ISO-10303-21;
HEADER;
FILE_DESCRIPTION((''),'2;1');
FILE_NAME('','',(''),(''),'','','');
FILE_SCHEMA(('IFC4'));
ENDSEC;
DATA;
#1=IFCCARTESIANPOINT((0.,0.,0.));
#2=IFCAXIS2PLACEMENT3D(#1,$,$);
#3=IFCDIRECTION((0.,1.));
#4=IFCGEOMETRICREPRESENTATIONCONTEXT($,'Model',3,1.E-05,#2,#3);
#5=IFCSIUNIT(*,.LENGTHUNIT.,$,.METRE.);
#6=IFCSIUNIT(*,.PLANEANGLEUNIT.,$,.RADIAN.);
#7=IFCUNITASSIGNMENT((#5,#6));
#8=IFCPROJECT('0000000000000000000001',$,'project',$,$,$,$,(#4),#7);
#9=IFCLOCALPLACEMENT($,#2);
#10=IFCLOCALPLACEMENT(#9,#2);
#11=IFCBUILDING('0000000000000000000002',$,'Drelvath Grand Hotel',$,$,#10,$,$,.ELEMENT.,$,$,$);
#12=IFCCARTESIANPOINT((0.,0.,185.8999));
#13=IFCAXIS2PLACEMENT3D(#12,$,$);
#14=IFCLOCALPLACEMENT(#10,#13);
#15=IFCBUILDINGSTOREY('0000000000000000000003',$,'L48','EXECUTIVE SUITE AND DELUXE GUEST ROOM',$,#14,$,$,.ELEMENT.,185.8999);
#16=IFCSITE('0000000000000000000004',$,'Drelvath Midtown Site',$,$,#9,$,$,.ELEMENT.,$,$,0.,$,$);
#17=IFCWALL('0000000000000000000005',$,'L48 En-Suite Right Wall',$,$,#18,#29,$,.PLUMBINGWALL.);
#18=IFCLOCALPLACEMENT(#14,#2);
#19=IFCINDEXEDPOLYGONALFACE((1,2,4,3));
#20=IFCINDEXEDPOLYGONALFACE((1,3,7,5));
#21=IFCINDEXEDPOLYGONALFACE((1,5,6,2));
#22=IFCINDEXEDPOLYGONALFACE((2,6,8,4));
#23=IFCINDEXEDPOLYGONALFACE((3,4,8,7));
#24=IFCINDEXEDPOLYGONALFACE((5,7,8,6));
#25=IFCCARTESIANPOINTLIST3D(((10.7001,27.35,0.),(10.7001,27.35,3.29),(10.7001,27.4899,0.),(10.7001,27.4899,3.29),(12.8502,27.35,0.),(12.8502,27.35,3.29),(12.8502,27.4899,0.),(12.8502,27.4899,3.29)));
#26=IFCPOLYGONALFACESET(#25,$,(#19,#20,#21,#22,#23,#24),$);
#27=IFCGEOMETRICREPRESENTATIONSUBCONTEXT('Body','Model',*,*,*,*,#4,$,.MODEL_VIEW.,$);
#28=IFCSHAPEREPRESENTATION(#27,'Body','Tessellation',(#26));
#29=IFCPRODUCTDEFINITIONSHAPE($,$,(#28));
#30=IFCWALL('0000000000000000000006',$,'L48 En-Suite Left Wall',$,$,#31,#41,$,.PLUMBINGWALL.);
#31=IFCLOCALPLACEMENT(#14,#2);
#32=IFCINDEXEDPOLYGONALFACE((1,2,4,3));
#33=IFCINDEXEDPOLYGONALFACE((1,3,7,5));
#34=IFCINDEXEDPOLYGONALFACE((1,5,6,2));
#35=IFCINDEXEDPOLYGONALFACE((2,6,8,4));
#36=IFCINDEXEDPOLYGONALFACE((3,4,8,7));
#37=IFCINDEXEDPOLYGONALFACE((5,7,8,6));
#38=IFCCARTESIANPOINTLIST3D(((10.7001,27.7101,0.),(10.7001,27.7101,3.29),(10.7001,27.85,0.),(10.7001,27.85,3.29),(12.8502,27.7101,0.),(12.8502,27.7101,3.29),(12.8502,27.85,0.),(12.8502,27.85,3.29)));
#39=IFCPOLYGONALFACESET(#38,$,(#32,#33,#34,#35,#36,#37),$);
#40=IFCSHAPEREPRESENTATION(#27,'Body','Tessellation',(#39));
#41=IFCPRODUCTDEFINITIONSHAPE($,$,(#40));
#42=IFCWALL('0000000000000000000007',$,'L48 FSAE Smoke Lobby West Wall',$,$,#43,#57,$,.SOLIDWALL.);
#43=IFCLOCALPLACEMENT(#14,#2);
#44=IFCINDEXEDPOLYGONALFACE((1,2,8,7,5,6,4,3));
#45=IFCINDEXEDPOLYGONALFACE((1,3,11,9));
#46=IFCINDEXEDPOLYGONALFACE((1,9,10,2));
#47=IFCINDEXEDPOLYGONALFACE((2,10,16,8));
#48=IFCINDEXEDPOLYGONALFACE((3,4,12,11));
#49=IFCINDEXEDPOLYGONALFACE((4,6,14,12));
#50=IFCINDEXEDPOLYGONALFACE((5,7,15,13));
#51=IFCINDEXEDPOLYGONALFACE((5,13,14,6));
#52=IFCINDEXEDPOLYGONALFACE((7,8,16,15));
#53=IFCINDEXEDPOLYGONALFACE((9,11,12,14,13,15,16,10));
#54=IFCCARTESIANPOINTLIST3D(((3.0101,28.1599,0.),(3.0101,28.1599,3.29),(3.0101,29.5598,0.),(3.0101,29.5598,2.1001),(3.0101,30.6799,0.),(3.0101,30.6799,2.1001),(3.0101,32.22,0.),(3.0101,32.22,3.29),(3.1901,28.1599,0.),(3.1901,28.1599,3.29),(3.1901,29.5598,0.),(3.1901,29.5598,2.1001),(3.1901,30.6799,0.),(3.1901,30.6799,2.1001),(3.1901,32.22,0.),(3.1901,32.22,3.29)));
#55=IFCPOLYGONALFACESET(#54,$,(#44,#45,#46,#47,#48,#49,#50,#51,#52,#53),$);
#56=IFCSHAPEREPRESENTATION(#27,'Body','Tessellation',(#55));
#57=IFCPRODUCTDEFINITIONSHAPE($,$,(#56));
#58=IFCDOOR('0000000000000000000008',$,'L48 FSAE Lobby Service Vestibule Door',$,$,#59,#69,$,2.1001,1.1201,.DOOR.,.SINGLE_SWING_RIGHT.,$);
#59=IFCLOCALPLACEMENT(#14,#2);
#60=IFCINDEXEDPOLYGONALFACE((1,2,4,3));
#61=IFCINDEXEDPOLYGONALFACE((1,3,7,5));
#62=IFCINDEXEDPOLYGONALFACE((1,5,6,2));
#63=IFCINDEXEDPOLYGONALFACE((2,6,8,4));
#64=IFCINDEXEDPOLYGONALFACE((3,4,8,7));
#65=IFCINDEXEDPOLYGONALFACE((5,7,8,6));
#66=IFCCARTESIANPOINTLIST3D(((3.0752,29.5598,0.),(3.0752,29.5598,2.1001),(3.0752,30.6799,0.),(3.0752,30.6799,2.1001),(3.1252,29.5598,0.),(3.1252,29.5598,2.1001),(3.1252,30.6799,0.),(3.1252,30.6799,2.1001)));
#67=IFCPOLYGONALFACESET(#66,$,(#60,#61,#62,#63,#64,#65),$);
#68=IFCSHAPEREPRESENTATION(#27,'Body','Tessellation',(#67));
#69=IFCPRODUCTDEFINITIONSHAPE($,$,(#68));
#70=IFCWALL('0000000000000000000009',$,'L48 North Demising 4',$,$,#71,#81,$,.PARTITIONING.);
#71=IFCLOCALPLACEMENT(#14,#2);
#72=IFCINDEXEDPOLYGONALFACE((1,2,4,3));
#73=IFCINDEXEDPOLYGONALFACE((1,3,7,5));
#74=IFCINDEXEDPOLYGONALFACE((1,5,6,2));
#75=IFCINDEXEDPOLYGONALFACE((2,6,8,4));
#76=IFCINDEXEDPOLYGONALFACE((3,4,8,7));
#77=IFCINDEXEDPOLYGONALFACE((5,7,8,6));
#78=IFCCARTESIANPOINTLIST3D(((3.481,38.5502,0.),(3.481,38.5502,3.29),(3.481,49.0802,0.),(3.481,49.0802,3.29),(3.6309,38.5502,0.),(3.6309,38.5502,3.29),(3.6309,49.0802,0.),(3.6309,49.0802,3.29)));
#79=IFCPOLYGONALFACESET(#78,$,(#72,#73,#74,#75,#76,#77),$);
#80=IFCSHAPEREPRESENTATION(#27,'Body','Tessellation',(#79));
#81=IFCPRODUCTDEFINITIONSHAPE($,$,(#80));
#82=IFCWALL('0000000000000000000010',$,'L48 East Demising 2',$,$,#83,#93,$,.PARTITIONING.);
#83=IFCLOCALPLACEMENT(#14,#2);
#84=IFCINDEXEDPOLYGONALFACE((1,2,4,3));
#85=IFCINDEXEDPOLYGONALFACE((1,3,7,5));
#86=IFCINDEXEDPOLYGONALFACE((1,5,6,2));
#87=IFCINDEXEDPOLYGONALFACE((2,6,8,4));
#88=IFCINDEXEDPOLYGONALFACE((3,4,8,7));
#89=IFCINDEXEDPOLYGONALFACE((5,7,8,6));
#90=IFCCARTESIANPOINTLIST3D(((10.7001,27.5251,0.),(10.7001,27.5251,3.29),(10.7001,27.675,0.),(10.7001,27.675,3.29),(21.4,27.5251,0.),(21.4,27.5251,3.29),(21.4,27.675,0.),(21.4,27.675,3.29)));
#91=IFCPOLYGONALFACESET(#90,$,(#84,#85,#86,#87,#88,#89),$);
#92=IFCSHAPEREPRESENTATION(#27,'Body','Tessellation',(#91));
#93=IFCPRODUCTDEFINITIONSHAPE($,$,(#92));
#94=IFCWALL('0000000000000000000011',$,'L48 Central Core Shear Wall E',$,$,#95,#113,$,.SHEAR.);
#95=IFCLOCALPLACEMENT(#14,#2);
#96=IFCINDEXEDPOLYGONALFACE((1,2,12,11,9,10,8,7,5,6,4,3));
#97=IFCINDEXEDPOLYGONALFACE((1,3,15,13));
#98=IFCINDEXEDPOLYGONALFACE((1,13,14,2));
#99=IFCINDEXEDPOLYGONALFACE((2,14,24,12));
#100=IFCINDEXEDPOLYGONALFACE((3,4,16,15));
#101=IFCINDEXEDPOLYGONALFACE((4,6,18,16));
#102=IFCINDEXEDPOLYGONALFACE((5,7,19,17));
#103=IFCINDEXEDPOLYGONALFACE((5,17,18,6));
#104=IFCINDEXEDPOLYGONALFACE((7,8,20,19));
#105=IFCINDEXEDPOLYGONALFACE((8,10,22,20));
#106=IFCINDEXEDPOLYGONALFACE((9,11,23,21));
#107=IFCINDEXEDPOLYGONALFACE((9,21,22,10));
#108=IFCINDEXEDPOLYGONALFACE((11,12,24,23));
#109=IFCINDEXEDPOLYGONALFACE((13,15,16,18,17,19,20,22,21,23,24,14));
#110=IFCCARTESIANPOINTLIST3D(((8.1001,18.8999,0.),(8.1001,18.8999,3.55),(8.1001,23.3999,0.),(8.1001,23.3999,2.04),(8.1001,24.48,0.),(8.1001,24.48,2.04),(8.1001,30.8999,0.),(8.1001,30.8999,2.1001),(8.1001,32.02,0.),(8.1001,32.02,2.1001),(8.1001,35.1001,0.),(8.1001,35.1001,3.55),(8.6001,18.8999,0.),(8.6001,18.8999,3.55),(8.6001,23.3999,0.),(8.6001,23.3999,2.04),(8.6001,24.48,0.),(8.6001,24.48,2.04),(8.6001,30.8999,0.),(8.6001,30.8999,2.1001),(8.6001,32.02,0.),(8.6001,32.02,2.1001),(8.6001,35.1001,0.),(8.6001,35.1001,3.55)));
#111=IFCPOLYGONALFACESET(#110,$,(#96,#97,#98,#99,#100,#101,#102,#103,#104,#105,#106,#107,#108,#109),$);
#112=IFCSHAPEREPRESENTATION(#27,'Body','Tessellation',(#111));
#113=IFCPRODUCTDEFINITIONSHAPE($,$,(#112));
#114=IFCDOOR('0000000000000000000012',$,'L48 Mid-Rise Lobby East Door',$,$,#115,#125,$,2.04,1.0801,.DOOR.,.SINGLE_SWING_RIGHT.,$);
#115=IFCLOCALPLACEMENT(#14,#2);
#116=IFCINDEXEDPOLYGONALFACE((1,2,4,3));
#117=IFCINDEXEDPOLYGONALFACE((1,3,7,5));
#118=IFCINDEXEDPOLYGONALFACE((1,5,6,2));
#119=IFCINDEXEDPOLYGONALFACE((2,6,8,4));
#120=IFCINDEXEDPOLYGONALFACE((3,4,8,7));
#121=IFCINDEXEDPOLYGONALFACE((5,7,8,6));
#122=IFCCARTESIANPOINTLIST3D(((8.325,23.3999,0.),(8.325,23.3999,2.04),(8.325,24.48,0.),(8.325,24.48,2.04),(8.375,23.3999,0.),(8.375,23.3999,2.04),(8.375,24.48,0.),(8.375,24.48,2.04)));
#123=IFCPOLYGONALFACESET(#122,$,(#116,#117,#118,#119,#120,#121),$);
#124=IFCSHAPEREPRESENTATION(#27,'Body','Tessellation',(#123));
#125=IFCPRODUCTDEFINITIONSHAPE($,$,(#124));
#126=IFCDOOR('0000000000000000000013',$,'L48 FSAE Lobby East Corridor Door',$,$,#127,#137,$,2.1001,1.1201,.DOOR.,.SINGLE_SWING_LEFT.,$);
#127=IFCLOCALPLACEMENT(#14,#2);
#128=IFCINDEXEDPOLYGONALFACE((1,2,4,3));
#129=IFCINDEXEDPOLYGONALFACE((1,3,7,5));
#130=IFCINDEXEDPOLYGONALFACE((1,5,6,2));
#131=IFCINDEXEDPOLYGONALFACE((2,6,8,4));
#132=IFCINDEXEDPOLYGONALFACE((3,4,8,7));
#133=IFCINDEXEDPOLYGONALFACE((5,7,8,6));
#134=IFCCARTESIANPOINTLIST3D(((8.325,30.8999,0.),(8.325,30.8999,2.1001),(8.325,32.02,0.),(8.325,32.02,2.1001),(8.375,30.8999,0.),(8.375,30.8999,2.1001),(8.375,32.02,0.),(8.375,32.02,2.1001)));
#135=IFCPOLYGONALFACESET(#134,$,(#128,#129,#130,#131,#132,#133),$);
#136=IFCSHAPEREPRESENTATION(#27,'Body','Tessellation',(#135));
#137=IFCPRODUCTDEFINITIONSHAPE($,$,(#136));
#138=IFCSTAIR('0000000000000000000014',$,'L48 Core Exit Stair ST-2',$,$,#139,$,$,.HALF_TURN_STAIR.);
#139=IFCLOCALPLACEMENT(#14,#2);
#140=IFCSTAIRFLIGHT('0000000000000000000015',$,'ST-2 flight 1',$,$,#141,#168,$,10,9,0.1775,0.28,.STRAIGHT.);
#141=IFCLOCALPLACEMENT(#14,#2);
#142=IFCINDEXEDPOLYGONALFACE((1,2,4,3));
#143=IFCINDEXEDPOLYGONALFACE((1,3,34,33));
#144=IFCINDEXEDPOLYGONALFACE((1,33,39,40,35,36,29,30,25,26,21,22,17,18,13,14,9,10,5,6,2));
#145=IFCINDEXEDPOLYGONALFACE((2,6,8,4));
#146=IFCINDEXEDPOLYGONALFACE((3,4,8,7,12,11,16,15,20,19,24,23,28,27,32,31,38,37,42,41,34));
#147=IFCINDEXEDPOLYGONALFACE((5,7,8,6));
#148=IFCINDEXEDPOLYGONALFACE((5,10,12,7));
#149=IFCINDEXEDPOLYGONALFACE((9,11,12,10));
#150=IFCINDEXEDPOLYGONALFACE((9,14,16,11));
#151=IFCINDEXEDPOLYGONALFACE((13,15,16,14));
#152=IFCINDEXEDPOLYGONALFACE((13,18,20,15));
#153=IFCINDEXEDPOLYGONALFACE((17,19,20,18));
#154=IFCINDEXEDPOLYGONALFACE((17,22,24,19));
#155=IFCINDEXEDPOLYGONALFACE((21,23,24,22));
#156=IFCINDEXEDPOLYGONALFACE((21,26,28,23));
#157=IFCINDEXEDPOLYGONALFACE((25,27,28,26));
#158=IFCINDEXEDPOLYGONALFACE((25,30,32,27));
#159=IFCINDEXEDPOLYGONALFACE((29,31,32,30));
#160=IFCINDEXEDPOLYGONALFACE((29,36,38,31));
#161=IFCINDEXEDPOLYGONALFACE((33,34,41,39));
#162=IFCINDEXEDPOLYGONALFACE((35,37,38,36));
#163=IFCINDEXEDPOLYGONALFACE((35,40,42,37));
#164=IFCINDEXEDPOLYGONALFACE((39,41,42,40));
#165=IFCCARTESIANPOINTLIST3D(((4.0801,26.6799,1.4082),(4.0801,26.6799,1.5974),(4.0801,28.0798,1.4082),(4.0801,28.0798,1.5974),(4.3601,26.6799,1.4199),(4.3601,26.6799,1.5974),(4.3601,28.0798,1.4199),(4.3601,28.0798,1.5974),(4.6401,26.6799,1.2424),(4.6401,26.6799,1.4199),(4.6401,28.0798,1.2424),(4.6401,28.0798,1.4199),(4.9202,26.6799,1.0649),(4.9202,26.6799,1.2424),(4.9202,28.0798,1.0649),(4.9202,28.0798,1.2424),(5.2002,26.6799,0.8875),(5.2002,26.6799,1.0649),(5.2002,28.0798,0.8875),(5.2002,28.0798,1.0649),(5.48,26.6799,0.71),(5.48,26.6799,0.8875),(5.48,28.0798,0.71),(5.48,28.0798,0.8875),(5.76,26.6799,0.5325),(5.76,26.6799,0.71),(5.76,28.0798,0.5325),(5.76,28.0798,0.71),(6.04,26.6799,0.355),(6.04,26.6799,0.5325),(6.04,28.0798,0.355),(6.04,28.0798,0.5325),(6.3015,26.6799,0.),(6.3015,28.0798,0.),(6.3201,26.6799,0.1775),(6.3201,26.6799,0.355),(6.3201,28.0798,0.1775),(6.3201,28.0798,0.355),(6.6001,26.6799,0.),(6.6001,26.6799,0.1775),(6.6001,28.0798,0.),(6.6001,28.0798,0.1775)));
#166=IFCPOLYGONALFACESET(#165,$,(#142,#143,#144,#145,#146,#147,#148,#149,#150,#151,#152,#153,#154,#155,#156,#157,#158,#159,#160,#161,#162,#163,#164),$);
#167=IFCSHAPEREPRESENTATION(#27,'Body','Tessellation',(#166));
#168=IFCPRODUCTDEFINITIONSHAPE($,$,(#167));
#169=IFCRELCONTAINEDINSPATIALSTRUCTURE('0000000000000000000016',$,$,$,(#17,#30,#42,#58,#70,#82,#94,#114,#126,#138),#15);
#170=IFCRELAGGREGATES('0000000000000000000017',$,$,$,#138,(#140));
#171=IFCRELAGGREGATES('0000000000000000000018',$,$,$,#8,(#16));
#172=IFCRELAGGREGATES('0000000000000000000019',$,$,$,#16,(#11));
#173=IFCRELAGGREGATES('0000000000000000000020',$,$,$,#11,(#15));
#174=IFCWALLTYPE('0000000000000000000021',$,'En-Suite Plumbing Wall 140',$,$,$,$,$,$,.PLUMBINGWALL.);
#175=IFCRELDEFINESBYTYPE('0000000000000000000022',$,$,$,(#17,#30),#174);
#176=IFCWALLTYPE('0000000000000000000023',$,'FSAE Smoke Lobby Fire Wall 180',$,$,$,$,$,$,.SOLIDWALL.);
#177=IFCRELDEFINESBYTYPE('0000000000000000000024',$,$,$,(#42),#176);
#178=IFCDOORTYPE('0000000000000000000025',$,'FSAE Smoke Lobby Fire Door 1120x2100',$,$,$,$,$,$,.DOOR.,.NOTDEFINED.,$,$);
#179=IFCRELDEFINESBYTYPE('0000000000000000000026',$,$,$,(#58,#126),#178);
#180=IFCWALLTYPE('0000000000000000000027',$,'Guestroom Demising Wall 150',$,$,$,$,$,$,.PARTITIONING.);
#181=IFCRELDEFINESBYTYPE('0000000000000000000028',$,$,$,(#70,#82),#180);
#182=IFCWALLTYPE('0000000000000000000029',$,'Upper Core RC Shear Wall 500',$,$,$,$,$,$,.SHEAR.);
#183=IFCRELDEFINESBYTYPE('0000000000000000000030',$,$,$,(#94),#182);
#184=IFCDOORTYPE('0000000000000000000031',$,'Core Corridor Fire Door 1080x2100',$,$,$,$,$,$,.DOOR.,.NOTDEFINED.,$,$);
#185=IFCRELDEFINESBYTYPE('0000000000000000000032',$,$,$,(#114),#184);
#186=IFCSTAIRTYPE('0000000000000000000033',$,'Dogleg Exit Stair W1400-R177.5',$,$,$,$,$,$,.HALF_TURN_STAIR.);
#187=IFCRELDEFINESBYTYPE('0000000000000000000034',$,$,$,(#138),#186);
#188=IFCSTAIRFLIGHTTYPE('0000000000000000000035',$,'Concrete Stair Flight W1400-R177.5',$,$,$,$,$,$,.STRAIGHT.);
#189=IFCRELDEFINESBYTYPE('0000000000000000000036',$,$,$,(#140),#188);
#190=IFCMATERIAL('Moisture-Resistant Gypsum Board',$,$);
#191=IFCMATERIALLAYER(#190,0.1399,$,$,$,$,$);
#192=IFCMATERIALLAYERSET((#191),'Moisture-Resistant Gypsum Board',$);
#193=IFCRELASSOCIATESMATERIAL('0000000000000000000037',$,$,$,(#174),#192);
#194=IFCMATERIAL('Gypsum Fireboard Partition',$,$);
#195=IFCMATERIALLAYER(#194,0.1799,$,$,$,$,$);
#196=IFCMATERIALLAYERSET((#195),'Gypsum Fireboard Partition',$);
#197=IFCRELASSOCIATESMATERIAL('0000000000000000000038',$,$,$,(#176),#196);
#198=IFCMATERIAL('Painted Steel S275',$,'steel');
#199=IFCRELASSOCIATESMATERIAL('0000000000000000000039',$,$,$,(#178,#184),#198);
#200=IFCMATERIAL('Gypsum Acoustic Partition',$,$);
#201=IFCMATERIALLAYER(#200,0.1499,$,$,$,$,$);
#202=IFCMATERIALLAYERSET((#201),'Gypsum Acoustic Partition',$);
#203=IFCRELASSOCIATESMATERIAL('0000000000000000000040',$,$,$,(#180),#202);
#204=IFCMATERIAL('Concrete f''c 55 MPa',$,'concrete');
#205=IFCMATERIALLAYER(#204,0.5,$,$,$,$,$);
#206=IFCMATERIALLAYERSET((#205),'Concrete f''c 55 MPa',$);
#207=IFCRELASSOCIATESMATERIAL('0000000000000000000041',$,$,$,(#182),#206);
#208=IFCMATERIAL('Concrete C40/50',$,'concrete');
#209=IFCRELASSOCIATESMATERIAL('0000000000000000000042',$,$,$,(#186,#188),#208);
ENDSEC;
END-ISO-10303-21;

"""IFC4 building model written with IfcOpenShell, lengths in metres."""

from ifc_helpers import new_model, si_unit, direction, frame, frame_2d, origin, place, context, subcontext, project, spatial, polyline, rectangle, outline, extrude, material, layer, layer_set, type_object, element, fill, aggregate, save


model = new_model("IFC4")

# Units and contexts
model_context = context("Model", 3, precision=1e-05, world=origin(), true_north=direction((0.0, 1.0)))
body_context = subcontext(model_context, "Body", "Model", "MODEL_VIEW")
ifc_project = project(units=[si_unit("LENGTHUNIT", "METRE"), si_unit("PLANEANGLEUNIT", "RADIAN")], contexts=[model_context])

# Site, building, storey
site_placement = place(None, origin())
site = spatial("IfcSite", under=ifc_project, at=site_placement, Name="Drelvath Midtown Site", CompositionType="ELEMENT", RefElevation=0.0)
building_placement = place(site_placement, origin())
building = spatial("IfcBuilding", under=site, at=building_placement, Name="Drelvath Grand Hotel", CompositionType="ELEMENT")
storey_placement = place(building_placement, frame((0.0, 0.0, 185.8999)))
storey = spatial("IfcBuildingStorey", under=building, at=storey_placement, Name="L48", Description="EXECUTIVE SUITE AND DELUXE GUEST ROOM", CompositionType="ELEMENT", Elevation=185.8999)

# Shared definitions
ifc_material_1 = material(Name="Concrete f'c 55 MPa", Category="concrete")

# Shared definitions
ifc_material_2 = material(Name="Concrete C40/50", Category="concrete")

# Shared definitions
ifc_material_3 = material(Name="Painted Steel S275", Category="steel")

# Walls
ifc_material_4 = material(Name="Gypsum Fireboard Partition")
ifc_material_5 = material(Name="Moisture-Resistant Gypsum Board")
ifc_layer_1 = layer(ifc_material_5, 0.1399)
ifc_layer_set_1 = layer_set([ifc_layer_1], Name="Moisture-Resistant Gypsum Board")
wall_type_1 = type_object("IfcWallType", Name="En-Suite Plumbing Wall 140", PredefinedType="PLUMBINGWALL", material=ifc_layer_set_1)
for number, where, z_axis, x_axis, name in (
    (1, (10.7, 27.4199, 0.0), (0.0, 0.0, 1.0), (1.0, 0.0, 0.0), "L48 En-Suite Right Wall"),
    (2, (10.7, 27.78, 0.0), (0.0, 0.0, 1.0), (1.0, 0.0, 0.0), "L48 En-Suite Left Wall"),
):
    element("IfcWall", number, at=place(storey_placement, frame(where, z_axis=z_axis, x_axis=x_axis)), inside=storey, type_object=wall_type_1, Name=name, PredefinedType="PLUMBINGWALL", context=body_context, shape_type="SweptSolid", body=[
        extrude(rectangle(XDim=2.1501, YDim=0.1399, at=frame_2d((1.0752, 0.0))), origin(), (0.0, 0.0, 1.0), 3.29),
    ])

# Wall, opening, door
ifc_layer_2 = layer(ifc_material_4, 0.1799)
ifc_layer_set_2 = layer_set([ifc_layer_2], Name="Gypsum Fireboard Partition")
wall_type_2 = type_object("IfcWallType", Name="FSAE Smoke Lobby Fire Wall 180", PredefinedType="SOLIDWALL", material=ifc_layer_set_2)
wall_1_placement = place(storey_placement, frame((3.1001, 28.1599, 0.0), z_axis=(0.0, 0.0, 1.0), x_axis=(0.0, 1.0, 0.0)))
wall_1 = element("IfcWall", 3, at=wall_1_placement, inside=storey, type_object=wall_type_2, Name="L48 FSAE Smoke Lobby West Wall", PredefinedType="SOLIDWALL", context=body_context, shape_type="SweptSolid", body=[
    extrude(rectangle(XDim=4.0601, YDim=0.1799, at=frame_2d((2.03, 0.0))), origin(), (0.0, 0.0, 1.0), 3.29),
])
opening_1_placement = place(wall_1_placement, frame((1.3999, 0.0, 0.0)))
opening_1 = element("IfcOpeningElement", 4, at=opening_1_placement, cuts=wall_1, PredefinedType="OPENING", context=body_context, shape_type="SweptSolid", body=[
    extrude(rectangle(XDim=1.1201, YDim=2.1001, at=frame_2d((0.5601, 1.05))), frame((0.0, 0.0999, 0.0), z_axis=(0.0, -1.0, 0.0), x_axis=(1.0, 0.0, 0.0)), (0.0, 0.0, 1.0), 0.2),
])
door_type_1 = type_object("IfcDoorType", Name="FSAE Smoke Lobby Fire Door 1120x2100", OperationType="NOTDEFINED", PredefinedType="DOOR", material=ifc_material_3)
door_1_placement = place(opening_1_placement, origin())
door_1 = element("IfcDoor", 5, at=door_1_placement, inside=storey, type_object=door_type_1, Name="L48 FSAE Lobby Service Vestibule Door", OperationType="SINGLE_SWING_RIGHT", OverallHeight=2.1001, OverallWidth=1.1201, PredefinedType="DOOR", context=body_context, shape_type="SweptSolid", body=[
    extrude(rectangle(XDim=1.1201, YDim=2.1001, at=frame_2d((0.5601, 1.05))), frame((0.0, 0.0249, 0.0), z_axis=(0.0, -1.0, 0.0), x_axis=(1.0, 0.0, 0.0)), (0.0, 0.0, 1.0), 0.05),
])
fill(opening_1, door_1)

# Walls
ifc_material_6 = material(Name="Gypsum Acoustic Partition")
ifc_layer_3 = layer(ifc_material_6, 0.1499)
ifc_layer_set_3 = layer_set([ifc_layer_3], Name="Gypsum Acoustic Partition")
wall_type_3 = type_object("IfcWallType", Name="Guestroom Demising Wall 150", PredefinedType="PARTITIONING", material=ifc_layer_set_3)
wall_2_placement = place(storey_placement, frame((3.5559, 38.55, 0.0), z_axis=(0.0, 0.0, 1.0), x_axis=(0.0, 1.0, 0.0)))
element("IfcWall", 6, at=wall_2_placement, inside=storey, type_object=wall_type_3, Name="L48 North Demising 4", PredefinedType="PARTITIONING", context=body_context, shape_type="SweptSolid", body=[
    extrude(rectangle(XDim=10.53, YDim=0.1499, at=frame_2d((5.2651, 0.0))), origin(), (0.0, 0.0, 1.0), 3.29),
])
wall_3_placement = place(storey_placement, frame((10.7, 27.6001, 0.0), z_axis=(0.0, 0.0, 1.0), x_axis=(1.0, 0.0, 0.0)))
element("IfcWall", 7, at=wall_3_placement, inside=storey, type_object=wall_type_3, Name="L48 East Demising 2", PredefinedType="PARTITIONING", context=body_context, shape_type="SweptSolid", body=[
    extrude(rectangle(XDim=10.7, YDim=0.1499, at=frame_2d((5.3501, 0.0))), origin(), (0.0, 0.0, 1.0), 3.29),
])

# Wall, openings, doors
ifc_layer_4 = layer(ifc_material_1, 0.5)
ifc_layer_set_4 = layer_set([ifc_layer_4], Name="Concrete f'c 55 MPa")
wall_type_4 = type_object("IfcWallType", Name="Upper Core RC Shear Wall 500", PredefinedType="SHEAR", material=ifc_layer_set_4)
wall_4_placement = place(storey_placement, frame((8.3501, 35.1001, 0.0), z_axis=(0.0, 0.0, 1.0), x_axis=(0.0, -1.0, 0.0)))
wall_4 = element("IfcWall", 8, at=wall_4_placement, inside=storey, type_object=wall_type_4, Name="L48 Central Core Shear Wall E", PredefinedType="SHEAR", context=body_context, shape_type="SweptSolid", body=[
    extrude(rectangle(XDim=16.2002, YDim=0.5, at=frame_2d((8.1001, 0.0))), origin(), (0.0, 0.0, 1.0), 3.55),
])
opening_2_placement = place(wall_4_placement, frame((3.0801, 0.0, 0.0)))
opening_2 = element("IfcOpeningElement", 9, at=opening_2_placement, cuts=wall_4, PredefinedType="OPENING", context=body_context, shape_type="SweptSolid", body=[
    extrude(rectangle(XDim=1.1201, YDim=2.1001, at=frame_2d((0.5601, 1.05))), frame((0.0, 0.26, 0.0), z_axis=(0.0, -1.0, 0.0), x_axis=(1.0, 0.0, 0.0)), (0.0, 0.0, 1.0), 0.52),
])
opening_3_placement = place(wall_4_placement, frame((10.6201, 0.0, 0.0)))
opening_3 = element("IfcOpeningElement", 10, at=opening_3_placement, cuts=wall_4, PredefinedType="OPENING", context=body_context, shape_type="SweptSolid", body=[
    extrude(rectangle(XDim=1.0801, YDim=2.04, at=frame_2d((0.54, 1.02))), frame((0.0, 0.26, 0.0), z_axis=(0.0, -1.0, 0.0), x_axis=(1.0, 0.0, 0.0)), (0.0, 0.0, 1.0), 0.52),
])
door_type_2 = type_object("IfcDoorType", Name="Core Corridor Fire Door 1080x2100", OperationType="NOTDEFINED", PredefinedType="DOOR", material=ifc_material_3)
door_2_placement = place(opening_3_placement, origin())
door_2 = element("IfcDoor", 11, at=door_2_placement, inside=storey, type_object=door_type_2, Name="L48 Mid-Rise Lobby East Door", OperationType="SINGLE_SWING_RIGHT", OverallHeight=2.04, OverallWidth=1.0801, PredefinedType="DOOR", context=body_context, shape_type="SweptSolid", body=[
    extrude(rectangle(XDim=1.0801, YDim=2.04, at=frame_2d((0.54, 1.02))), frame((0.0, 0.0249, 0.0), z_axis=(0.0, -1.0, 0.0), x_axis=(1.0, 0.0, 0.0)), (0.0, 0.0, 1.0), 0.05),
])
fill(opening_3, door_2)
door_3_placement = place(opening_2_placement, origin())
door_3 = element("IfcDoor", 12, at=door_3_placement, inside=storey, type_object=door_type_1, Name="L48 FSAE Lobby East Corridor Door", OperationType="SINGLE_SWING_LEFT", OverallHeight=2.1001, OverallWidth=1.1201, PredefinedType="DOOR", context=body_context, shape_type="SweptSolid", body=[
    extrude(rectangle(XDim=1.1201, YDim=2.1001, at=frame_2d((0.5601, 1.05))), frame((0.0, 0.0249, 0.0), z_axis=(0.0, -1.0, 0.0), x_axis=(1.0, 0.0, 0.0)), (0.0, 0.0, 1.0), 0.05),
])
fill(opening_2, door_3)

# Stair, stair flight
stair_type = type_object("IfcStairType", Name="Dogleg Exit Stair W1400-R177.5", PredefinedType="HALF_TURN_STAIR", material=ifc_material_2)
stair_placement = place(storey_placement, origin())
stair = element("IfcStair", 13, at=stair_placement, inside=storey, type_object=stair_type, Name="L48 Core Exit Stair ST-2", PredefinedType="HALF_TURN_STAIR")
stair_flight_type = type_object("IfcStairFlightType", Name="Concrete Stair Flight W1400-R177.5", PredefinedType="STRAIGHT", material=ifc_material_2)
stair_flight_placement = place(storey_placement, frame((6.6001, 27.3799, 0.0), z_axis=(0.0, 0.0, 1.0), x_axis=(-1.0, 0.0, 0.0)))
stair_flight = element("IfcStairFlight", 14, at=stair_flight_placement, type_object=stair_flight_type, Name="ST-2 flight 1", NumberOfRisers=10, NumberOfTreads=9, PredefinedType="STRAIGHT", RiserHeight=0.1775, TreadLength=0.28, context=body_context, shape_type="SweptSolid", body=[
    extrude(outline(polyline([(0.0, 0.0), (0.0, 0.1775), (0.28, 0.1775), (0.28, 0.355), (0.5601, 0.355), (0.5601, 0.5325), (0.8401, 0.5325), (0.8401, 0.71), (1.1201, 0.71), (1.1201, 0.8875), (1.3999, 0.8875), (1.3999, 1.0649), (1.6799, 1.0649), (1.6799, 1.2424), (1.96, 1.2424), (1.96, 1.4199), (2.24, 1.4199), (2.24, 1.5974), (2.52, 1.5974), (2.52, 1.7749), (2.52, 1.4082), (0.2986, 0.0), (0.0, 0.0)])), frame((0.0, 0.7, 0.0), z_axis=(0.0, -1.0, 0.0), x_axis=(1.0, 0.0, 0.0)), (0.0, 0.0, 1.0), 1.3999),
])
aggregate(stair, [stair_flight])

save(model, "model.ifc")
